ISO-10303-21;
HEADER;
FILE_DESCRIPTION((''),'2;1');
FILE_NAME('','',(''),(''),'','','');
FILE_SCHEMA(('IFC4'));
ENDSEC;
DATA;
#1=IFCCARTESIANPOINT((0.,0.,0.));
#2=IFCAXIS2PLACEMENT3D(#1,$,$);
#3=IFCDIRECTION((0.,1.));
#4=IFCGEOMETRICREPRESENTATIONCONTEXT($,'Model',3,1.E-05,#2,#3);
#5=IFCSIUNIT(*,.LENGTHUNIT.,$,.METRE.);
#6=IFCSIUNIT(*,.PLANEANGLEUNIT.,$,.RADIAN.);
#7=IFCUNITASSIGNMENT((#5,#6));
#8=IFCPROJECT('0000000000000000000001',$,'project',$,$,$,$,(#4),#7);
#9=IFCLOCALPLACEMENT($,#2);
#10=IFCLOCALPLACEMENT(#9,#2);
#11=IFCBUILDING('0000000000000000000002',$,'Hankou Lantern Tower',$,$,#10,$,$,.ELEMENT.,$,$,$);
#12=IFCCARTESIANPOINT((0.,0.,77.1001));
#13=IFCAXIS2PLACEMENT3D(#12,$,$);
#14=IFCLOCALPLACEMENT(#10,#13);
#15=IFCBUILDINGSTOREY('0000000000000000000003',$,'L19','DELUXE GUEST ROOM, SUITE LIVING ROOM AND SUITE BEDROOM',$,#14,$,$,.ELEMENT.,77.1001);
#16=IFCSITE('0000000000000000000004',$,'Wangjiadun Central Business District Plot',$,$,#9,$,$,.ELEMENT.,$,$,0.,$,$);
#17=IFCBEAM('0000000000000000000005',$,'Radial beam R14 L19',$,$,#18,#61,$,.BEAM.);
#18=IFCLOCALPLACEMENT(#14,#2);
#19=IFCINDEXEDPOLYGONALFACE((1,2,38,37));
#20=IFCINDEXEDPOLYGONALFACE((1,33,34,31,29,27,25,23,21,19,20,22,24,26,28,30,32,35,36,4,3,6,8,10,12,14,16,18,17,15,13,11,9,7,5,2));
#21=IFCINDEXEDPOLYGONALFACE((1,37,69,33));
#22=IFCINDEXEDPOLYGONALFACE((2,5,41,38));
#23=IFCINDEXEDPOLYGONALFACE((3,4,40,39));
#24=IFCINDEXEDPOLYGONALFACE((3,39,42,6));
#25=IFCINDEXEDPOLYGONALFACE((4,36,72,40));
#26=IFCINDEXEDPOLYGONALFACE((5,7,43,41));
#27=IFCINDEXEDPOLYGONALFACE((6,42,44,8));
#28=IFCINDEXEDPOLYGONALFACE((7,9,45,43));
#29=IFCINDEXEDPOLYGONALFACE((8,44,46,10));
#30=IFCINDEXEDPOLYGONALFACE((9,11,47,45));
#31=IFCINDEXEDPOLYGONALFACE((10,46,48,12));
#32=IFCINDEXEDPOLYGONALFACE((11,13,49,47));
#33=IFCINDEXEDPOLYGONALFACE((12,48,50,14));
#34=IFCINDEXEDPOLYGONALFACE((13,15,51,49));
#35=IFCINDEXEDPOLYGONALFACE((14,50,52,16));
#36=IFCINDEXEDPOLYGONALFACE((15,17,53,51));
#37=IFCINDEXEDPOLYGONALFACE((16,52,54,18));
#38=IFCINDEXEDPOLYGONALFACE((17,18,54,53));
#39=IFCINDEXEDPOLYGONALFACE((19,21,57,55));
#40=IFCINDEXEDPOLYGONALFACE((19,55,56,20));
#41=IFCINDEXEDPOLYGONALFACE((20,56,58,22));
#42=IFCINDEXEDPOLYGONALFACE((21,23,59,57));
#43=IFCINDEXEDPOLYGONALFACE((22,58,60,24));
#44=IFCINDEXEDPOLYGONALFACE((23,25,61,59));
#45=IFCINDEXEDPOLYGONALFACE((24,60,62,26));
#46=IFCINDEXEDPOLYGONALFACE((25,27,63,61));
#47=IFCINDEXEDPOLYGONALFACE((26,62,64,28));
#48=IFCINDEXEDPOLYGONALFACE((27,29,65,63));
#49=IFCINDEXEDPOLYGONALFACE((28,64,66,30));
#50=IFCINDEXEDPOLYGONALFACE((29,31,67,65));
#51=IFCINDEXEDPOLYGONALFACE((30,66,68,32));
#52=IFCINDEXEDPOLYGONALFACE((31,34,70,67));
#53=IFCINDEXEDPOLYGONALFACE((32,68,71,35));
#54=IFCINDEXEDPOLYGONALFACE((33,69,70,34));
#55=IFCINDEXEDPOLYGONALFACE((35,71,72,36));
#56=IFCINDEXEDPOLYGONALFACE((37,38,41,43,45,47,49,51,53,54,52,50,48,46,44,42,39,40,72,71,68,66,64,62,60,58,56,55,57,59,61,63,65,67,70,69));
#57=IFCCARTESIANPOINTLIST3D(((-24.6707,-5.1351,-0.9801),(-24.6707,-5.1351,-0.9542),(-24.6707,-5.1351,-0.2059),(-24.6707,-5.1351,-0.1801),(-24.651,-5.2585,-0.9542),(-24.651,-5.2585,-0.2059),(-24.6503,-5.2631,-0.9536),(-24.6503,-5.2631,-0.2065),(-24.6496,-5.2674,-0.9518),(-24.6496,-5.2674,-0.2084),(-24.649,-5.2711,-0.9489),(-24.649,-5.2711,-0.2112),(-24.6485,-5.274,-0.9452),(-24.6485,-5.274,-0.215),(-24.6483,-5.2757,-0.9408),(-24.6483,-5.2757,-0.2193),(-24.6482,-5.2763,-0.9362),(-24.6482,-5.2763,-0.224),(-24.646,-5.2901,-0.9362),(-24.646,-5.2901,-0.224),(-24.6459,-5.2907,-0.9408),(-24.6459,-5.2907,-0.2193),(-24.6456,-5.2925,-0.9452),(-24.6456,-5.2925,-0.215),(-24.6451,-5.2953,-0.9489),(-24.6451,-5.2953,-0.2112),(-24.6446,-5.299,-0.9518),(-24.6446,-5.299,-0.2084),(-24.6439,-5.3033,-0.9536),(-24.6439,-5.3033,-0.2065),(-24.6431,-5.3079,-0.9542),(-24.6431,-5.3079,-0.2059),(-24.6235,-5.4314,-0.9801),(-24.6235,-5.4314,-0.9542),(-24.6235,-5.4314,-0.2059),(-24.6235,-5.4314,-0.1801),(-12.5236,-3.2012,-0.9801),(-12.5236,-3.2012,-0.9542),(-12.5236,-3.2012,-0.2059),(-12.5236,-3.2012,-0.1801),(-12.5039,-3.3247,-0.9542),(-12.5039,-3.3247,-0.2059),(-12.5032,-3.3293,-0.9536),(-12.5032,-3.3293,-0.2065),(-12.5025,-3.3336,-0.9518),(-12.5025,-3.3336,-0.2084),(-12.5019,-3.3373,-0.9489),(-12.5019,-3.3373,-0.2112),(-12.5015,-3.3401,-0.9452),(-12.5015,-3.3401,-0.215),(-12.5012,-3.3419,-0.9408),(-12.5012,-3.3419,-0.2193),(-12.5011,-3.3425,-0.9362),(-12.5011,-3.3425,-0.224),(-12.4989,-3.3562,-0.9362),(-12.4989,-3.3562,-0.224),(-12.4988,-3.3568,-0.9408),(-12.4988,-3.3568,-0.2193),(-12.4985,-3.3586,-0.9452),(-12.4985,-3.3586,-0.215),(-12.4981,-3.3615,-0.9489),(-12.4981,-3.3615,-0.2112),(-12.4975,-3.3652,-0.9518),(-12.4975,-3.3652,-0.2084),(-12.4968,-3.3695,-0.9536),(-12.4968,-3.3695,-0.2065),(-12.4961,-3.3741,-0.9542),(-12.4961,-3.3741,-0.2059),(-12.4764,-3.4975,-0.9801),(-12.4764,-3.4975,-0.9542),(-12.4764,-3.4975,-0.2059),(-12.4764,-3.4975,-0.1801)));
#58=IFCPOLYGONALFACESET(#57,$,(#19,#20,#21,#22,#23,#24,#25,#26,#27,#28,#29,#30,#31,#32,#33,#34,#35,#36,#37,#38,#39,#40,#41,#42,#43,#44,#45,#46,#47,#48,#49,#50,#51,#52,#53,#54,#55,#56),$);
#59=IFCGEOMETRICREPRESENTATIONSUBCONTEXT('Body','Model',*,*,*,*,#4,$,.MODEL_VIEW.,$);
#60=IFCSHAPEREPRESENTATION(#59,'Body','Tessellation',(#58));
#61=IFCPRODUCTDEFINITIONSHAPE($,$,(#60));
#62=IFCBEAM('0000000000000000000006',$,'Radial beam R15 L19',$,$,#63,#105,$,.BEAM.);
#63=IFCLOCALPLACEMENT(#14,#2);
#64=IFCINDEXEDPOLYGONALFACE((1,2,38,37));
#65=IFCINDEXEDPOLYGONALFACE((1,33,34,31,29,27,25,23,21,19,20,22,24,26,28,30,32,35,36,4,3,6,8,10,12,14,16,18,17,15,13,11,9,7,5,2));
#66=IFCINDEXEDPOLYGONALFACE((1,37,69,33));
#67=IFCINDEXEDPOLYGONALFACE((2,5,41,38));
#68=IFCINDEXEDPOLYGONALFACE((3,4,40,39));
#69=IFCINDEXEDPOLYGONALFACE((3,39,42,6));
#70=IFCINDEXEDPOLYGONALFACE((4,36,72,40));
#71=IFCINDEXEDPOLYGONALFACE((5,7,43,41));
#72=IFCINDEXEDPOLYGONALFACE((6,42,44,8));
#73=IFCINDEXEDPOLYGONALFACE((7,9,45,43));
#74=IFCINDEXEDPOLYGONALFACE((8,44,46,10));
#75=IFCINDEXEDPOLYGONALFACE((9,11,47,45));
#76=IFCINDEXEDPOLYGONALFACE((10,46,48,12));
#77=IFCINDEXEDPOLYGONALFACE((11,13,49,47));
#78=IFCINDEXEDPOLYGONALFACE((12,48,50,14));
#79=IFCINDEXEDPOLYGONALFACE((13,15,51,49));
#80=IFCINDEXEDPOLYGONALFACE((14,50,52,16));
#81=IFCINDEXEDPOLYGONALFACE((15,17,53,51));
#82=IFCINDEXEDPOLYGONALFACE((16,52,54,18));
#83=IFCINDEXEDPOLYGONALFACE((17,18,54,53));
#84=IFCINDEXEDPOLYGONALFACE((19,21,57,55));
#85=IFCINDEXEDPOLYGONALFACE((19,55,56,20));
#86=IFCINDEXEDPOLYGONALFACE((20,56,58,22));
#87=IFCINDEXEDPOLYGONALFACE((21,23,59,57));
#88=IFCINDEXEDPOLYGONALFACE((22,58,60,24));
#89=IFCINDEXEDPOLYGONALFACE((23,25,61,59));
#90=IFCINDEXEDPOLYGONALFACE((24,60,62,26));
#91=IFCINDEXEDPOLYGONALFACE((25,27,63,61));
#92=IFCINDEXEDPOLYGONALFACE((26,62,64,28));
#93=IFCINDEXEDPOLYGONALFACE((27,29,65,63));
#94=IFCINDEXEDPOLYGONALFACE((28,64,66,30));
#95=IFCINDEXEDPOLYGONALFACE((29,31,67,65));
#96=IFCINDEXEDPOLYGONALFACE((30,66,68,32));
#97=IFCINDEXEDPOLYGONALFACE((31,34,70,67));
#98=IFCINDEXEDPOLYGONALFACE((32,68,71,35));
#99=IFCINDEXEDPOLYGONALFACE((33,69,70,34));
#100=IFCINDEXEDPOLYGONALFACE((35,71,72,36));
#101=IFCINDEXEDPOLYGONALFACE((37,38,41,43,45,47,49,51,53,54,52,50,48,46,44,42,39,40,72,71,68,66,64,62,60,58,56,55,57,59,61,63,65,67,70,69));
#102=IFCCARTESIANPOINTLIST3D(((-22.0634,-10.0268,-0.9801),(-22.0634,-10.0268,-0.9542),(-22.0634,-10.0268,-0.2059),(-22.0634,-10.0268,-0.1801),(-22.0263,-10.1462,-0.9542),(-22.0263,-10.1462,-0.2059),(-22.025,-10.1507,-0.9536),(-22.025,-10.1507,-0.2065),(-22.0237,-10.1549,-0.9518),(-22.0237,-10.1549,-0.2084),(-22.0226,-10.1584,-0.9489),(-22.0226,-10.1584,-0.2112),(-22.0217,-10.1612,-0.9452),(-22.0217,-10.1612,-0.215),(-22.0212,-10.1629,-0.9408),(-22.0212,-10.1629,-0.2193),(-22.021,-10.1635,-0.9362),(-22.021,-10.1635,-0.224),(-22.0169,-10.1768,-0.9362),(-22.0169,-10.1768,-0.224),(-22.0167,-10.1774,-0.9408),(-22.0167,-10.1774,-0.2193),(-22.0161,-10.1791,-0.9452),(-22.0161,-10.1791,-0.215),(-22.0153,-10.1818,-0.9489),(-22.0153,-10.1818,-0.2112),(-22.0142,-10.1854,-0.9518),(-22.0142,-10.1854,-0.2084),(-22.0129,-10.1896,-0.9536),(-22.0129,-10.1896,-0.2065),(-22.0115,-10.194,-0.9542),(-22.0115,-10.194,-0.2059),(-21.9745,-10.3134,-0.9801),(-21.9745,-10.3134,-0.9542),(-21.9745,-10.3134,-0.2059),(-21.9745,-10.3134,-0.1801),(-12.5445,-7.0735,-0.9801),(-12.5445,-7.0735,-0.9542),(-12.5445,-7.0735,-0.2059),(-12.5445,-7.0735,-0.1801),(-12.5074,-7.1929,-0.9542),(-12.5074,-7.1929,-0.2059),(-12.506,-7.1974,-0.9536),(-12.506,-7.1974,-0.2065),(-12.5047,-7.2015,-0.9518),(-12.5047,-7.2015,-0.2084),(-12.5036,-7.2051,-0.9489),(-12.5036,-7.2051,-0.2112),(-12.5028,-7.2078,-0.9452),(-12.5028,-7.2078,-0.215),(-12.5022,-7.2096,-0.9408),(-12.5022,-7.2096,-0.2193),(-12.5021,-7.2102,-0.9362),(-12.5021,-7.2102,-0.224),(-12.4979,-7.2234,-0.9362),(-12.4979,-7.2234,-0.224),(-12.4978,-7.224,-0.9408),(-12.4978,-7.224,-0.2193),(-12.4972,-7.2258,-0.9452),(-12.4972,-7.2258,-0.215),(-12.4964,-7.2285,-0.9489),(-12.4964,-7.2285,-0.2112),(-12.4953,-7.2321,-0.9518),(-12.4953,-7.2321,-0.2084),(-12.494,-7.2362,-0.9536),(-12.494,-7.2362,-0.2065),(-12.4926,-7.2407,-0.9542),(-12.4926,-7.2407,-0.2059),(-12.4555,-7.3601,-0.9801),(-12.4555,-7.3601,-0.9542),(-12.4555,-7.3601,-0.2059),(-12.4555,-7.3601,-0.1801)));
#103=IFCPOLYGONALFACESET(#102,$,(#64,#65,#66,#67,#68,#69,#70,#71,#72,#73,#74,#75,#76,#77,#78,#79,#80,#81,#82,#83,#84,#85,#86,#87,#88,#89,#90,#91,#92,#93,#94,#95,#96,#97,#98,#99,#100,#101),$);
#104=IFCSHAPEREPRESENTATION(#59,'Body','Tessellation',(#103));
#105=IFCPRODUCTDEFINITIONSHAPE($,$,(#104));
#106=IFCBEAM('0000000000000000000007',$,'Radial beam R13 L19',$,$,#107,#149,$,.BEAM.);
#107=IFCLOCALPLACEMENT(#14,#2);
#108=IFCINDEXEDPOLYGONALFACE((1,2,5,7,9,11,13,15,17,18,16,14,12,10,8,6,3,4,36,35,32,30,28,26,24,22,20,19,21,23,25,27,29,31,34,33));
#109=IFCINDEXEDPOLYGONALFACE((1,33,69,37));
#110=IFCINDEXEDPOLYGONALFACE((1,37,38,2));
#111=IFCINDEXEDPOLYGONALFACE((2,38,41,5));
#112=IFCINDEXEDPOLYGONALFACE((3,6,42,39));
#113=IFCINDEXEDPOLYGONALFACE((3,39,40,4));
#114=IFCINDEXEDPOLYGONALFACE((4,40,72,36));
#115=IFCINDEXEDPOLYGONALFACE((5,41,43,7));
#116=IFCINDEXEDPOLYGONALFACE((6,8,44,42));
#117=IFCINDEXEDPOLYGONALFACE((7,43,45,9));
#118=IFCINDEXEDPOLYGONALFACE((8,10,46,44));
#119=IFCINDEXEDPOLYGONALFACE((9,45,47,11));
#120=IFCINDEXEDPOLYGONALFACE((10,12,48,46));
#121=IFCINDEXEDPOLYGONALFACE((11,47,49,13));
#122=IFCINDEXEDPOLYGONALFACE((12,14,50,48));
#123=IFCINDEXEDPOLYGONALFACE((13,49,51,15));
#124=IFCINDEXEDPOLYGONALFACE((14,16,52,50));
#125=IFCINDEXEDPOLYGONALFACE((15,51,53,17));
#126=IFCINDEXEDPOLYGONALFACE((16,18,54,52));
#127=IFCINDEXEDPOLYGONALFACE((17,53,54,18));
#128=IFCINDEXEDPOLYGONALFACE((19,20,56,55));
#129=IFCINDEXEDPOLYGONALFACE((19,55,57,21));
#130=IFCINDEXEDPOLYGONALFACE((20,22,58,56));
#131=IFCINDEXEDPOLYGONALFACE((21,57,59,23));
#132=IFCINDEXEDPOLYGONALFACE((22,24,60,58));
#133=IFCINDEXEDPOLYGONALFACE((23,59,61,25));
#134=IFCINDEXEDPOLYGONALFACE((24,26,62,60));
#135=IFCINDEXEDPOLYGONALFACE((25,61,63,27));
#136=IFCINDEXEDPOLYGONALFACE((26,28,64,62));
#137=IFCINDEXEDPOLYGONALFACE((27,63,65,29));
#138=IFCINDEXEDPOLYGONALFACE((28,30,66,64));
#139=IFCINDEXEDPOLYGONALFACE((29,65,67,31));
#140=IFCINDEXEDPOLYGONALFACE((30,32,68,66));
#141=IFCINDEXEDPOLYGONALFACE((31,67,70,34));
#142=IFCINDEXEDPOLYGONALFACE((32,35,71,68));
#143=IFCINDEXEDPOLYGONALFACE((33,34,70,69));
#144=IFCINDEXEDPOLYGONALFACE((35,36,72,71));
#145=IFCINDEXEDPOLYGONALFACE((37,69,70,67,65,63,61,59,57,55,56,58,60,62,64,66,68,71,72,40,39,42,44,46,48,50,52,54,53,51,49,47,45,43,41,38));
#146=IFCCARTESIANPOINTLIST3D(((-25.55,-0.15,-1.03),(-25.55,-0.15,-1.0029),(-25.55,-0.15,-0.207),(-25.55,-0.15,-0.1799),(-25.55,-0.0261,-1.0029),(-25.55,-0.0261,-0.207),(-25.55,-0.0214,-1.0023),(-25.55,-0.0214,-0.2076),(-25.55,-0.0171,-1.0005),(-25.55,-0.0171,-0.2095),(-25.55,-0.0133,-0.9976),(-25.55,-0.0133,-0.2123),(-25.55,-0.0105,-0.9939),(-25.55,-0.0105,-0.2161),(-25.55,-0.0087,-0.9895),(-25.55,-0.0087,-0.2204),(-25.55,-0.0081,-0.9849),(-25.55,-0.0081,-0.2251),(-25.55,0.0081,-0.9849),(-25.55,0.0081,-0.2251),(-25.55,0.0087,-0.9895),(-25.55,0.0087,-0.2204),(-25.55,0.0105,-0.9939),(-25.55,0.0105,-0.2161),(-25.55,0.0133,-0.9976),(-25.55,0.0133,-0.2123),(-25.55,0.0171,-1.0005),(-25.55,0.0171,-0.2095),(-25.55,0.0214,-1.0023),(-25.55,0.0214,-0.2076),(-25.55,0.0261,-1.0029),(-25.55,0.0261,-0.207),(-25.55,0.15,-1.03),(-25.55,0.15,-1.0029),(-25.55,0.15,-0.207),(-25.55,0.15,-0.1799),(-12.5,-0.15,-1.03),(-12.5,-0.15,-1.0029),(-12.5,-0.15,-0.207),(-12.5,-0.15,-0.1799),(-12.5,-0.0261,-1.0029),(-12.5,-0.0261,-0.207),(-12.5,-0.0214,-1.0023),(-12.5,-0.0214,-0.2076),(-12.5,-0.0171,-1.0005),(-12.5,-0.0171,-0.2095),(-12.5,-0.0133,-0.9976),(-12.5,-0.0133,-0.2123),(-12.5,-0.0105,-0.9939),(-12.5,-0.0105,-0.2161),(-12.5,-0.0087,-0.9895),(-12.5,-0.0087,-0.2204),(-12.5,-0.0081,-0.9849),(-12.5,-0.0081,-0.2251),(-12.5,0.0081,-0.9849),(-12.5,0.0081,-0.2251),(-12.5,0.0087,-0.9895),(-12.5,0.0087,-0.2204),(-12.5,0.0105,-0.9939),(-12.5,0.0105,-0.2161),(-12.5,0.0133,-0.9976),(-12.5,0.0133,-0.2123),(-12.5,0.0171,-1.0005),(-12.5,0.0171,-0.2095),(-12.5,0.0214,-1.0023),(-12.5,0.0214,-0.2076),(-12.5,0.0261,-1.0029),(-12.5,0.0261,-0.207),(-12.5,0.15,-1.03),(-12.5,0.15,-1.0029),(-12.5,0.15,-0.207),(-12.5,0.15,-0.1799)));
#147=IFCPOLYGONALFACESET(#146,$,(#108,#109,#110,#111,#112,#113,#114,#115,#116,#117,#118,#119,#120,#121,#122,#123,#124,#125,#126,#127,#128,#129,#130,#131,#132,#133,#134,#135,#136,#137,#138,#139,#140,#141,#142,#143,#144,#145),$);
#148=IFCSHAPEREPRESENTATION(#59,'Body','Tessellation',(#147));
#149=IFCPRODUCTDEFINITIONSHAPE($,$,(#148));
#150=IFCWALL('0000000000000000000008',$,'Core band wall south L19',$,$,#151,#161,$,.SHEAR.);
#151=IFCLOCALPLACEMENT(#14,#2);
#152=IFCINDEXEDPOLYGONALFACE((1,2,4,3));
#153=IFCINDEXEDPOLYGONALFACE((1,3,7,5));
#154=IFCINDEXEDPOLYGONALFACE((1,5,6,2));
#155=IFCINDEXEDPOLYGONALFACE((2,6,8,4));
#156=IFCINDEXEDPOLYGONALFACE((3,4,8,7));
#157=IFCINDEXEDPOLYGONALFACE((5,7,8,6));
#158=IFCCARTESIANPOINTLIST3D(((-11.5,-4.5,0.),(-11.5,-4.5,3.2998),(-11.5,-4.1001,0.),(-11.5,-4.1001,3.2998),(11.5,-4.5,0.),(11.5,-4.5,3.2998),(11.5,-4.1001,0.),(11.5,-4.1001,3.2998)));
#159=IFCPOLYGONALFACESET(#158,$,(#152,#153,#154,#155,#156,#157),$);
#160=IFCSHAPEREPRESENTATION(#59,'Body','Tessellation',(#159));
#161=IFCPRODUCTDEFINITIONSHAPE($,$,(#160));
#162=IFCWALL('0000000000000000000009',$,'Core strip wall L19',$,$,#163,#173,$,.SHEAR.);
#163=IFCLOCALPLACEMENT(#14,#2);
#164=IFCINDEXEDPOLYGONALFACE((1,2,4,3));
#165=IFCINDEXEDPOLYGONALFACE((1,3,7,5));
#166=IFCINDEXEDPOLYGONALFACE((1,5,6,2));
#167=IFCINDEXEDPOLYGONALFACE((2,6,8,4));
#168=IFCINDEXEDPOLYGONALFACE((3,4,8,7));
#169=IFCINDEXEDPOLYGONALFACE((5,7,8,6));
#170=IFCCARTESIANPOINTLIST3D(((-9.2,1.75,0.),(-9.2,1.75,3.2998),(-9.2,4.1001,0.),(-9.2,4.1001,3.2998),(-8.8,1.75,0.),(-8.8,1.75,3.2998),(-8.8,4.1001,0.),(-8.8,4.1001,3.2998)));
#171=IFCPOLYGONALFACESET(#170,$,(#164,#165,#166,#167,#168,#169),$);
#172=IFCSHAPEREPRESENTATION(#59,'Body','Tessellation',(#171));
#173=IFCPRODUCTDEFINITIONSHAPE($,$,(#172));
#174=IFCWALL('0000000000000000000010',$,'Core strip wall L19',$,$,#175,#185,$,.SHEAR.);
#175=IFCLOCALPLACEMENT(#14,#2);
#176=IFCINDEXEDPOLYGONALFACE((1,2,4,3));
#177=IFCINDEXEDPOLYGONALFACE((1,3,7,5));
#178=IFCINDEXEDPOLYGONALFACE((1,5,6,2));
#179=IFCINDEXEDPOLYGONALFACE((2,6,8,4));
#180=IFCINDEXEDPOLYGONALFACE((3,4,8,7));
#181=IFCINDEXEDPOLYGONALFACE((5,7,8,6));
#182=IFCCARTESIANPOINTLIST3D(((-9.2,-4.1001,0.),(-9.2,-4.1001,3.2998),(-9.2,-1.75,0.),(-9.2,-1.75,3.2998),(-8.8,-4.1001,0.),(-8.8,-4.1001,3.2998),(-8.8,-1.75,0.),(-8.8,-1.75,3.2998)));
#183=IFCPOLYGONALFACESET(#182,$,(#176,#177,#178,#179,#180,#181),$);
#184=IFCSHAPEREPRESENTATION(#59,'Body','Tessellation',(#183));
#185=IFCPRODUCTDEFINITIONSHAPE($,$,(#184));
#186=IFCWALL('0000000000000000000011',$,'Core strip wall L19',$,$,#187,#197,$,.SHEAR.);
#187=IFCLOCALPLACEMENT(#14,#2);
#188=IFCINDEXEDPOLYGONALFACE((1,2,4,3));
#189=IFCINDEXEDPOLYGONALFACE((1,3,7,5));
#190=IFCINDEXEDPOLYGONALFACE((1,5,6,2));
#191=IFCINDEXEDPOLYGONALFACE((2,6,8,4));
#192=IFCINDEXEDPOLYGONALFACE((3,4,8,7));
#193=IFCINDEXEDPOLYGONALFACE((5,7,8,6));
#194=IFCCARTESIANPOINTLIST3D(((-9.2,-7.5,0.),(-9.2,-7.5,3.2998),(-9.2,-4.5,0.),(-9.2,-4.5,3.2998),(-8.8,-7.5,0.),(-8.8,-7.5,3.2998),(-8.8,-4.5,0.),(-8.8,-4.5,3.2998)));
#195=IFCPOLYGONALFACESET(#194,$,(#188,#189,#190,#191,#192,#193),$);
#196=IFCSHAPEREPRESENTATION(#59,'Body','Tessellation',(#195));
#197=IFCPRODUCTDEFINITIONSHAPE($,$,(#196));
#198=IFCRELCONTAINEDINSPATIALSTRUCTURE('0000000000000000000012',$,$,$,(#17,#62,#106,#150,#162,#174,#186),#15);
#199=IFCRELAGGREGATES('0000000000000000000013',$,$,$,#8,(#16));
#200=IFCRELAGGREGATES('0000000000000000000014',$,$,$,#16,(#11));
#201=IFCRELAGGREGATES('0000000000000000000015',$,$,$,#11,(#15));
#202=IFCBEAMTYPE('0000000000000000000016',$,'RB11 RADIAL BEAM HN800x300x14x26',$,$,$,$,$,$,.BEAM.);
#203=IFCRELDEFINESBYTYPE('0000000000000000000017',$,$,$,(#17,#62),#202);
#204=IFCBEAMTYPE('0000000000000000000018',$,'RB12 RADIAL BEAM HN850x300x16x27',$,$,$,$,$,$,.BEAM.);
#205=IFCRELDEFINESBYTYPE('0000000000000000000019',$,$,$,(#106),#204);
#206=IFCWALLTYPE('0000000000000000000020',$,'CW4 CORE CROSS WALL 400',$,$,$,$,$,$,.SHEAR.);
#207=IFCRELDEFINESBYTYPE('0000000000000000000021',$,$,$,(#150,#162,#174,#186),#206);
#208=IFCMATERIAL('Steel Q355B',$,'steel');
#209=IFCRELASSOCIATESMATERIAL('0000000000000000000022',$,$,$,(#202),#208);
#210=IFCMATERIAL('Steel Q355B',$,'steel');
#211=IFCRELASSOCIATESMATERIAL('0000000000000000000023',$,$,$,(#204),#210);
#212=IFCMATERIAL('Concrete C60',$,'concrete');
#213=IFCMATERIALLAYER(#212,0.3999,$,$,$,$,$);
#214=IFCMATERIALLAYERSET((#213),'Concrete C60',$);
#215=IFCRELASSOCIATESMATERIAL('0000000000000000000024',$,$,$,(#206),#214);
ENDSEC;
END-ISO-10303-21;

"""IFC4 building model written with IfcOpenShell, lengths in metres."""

from ifc_helpers import new_model, si_unit, direction, frame, frame_2d, origin, origin_2d, place, context, subcontext, project, spatial, rectangle, i_section, extrude, material, layer, layer_set, material_profile, profile_set, type_object, element, save


model = new_model("IFC4")

# Units and contexts
model_context = context("Model", 3, precision=1e-05, world=origin(), true_north=direction((0.0, 1.0)))
body_context = subcontext(model_context, "Body", "Model", "MODEL_VIEW")
ifc_project = project(units=[si_unit("LENGTHUNIT", "METRE"), si_unit("PLANEANGLEUNIT", "RADIAN")], contexts=[model_context])

# Site, building, storey
site_placement = place(None, origin())
site = spatial("IfcSite", under=ifc_project, at=site_placement, Name="Wangjiadun Central Business District Plot", CompositionType="ELEMENT", RefElevation=0.0)
building_placement = place(site_placement, origin())
building = spatial("IfcBuilding", under=site, at=building_placement, Name="Hankou Lantern Tower", CompositionType="ELEMENT")
storey_placement = place(building_placement, frame((0.0, 0.0, 77.1001)))
storey = spatial("IfcBuildingStorey", under=building, at=storey_placement, Name="L19", Description="DELUXE GUEST ROOM, SUITE LIVING ROOM AND SUITE BEDROOM", CompositionType="ELEMENT", Elevation=77.1001)

# Beams
ifc_material_1 = material(Name="Steel Q355B", Category="steel")
ifc_material_profile_1 = material_profile(ifc_material_1, i_section(OverallWidth=0.3, OverallDepth=0.8, WebThickness=0.0139, FlangeThickness=0.0259, FilletRadius=0.0181, at=origin_2d()), Name="HN800x300x14x26")
ifc_profile_set_1 = profile_set([ifc_material_profile_1], Name="Steel Q355B")
beam_type_1 = type_object("IfcBeamType", Name="RB11 RADIAL BEAM HN800x300x14x26", PredefinedType="BEAM", material=ifc_profile_set_1)
beam_1_placement = place(storey_placement, frame((-12.5, -3.3494, -0.5801), z_axis=(-0.987563, -0.157223, 0.0), x_axis=(0.157223, -0.987563, 0.0)))
element("IfcBeam", 1, at=beam_1_placement, inside=storey, type_object=beam_type_1, Name="Radial beam R14 L19", PredefinedType="BEAM", context=body_context, shape_type="SweptSolid", body=[
    extrude(i_section(OverallWidth=0.3, OverallDepth=0.8, WebThickness=0.0139, FlangeThickness=0.0259, FilletRadius=0.0181, at=origin_2d()), origin(), (0.0, 0.0, 1.0), 12.3),
])
beam_2_placement = place(storey_placement, frame((-12.5, -7.2168, -0.5801), z_axis=(-0.955087, -0.296324, 0.0), x_axis=(0.296324, -0.955087, 0.0)))
element("IfcBeam", 2, at=beam_2_placement, inside=storey, type_object=beam_type_1, Name="Radial beam R15 L19", PredefinedType="BEAM", context=body_context, shape_type="SweptSolid", body=[
    extrude(i_section(OverallWidth=0.3, OverallDepth=0.8, WebThickness=0.0139, FlangeThickness=0.0259, FilletRadius=0.0181, at=origin_2d()), origin(), (0.0, 0.0, 1.0), 9.9666),
])
ifc_material_2 = material(Name="Steel Q355B", Category="steel")
ifc_material_profile_2 = material_profile(ifc_material_2, i_section(OverallWidth=0.3, OverallDepth=0.8501, WebThickness=0.0161, FlangeThickness=0.0271, FilletRadius=0.0181, at=origin_2d()), Name="HN850x300x16x27")
ifc_profile_set_2 = profile_set([ifc_material_profile_2], Name="Steel Q355B")
beam_type_2 = type_object("IfcBeamType", Name="RB12 RADIAL BEAM HN850x300x16x27", PredefinedType="BEAM", material=ifc_profile_set_2)
beam_3_placement = place(storey_placement, frame((-12.5, 0.0, -0.605), z_axis=(-1.0, 0.0, 0.0), x_axis=(0.0, -1.0, 0.0)))
element("IfcBeam", 3, at=beam_3_placement, inside=storey, type_object=beam_type_2, Name="Radial beam R13 L19", PredefinedType="BEAM", context=body_context, shape_type="SweptSolid", body=[
    extrude(i_section(OverallWidth=0.3, OverallDepth=0.8501, WebThickness=0.0161, FlangeThickness=0.0271, FilletRadius=0.0181, at=origin_2d()), origin(), (0.0, 0.0, 1.0), 13.05),
])

# Walls
ifc_material_3 = material(Name="Concrete C60", Category="concrete")
ifc_layer_1 = layer(ifc_material_3, 0.3999)
ifc_layer_set_1 = layer_set([ifc_layer_1], Name="Concrete C60")
wall_type_1 = type_object("IfcWallType", Name="CW4 CORE CROSS WALL 400", PredefinedType="SHEAR", material=ifc_layer_set_1)
wall_1_placement = place(storey_placement, frame((-11.5, -4.3, 0.0), z_axis=(0.0, 0.0, 1.0), x_axis=(1.0, 0.0, 0.0)))
element("IfcWall", 4, at=wall_1_placement, inside=storey, type_object=wall_type_1, Name="Core band wall south L19", PredefinedType="SHEAR", context=body_context, shape_type="SweptSolid", body=[
    extrude(rectangle(XDim=23.0, YDim=0.3999, at=frame_2d((11.5, 0.0))), origin(), (0.0, 0.0, 1.0), 3.2998),
])
for number, where, z_axis, x_axis, name in (
    (5, (-9.0, 1.75, 0.0), (0.0, 0.0, 1.0), (0.0, 1.0, 0.0), "Core strip wall L19"),
    (6, (-9.0, -4.1001, 0.0), (0.0, 0.0, 1.0), (0.0, 1.0, 0.0), "Core strip wall L19"),
):
    element("IfcWall", number, at=place(storey_placement, frame(where, z_axis=z_axis, x_axis=x_axis)), inside=storey, type_object=wall_type_1, Name=name, PredefinedType="SHEAR", context=body_context, shape_type="SweptSolid", body=[
        extrude(rectangle(XDim=2.3501, YDim=0.3999, at=frame_2d((1.175, 0.0))), origin(), (0.0, 0.0, 1.0), 3.2998),
    ])
wall_2_placement = place(storey_placement, frame((-9.0, -7.5, 0.0), z_axis=(0.0, 0.0, 1.0), x_axis=(0.0, 1.0, 0.0)))
element("IfcWall", 7, at=wall_2_placement, inside=storey, type_object=wall_type_1, Name="Core strip wall L19", PredefinedType="SHEAR", context=body_context, shape_type="SweptSolid", body=[
    extrude(rectangle(XDim=3.0, YDim=0.3999, at=frame_2d((1.5, 0.0))), origin(), (0.0, 0.0, 1.0), 3.2998),
])

save(model, "model.ifc")
